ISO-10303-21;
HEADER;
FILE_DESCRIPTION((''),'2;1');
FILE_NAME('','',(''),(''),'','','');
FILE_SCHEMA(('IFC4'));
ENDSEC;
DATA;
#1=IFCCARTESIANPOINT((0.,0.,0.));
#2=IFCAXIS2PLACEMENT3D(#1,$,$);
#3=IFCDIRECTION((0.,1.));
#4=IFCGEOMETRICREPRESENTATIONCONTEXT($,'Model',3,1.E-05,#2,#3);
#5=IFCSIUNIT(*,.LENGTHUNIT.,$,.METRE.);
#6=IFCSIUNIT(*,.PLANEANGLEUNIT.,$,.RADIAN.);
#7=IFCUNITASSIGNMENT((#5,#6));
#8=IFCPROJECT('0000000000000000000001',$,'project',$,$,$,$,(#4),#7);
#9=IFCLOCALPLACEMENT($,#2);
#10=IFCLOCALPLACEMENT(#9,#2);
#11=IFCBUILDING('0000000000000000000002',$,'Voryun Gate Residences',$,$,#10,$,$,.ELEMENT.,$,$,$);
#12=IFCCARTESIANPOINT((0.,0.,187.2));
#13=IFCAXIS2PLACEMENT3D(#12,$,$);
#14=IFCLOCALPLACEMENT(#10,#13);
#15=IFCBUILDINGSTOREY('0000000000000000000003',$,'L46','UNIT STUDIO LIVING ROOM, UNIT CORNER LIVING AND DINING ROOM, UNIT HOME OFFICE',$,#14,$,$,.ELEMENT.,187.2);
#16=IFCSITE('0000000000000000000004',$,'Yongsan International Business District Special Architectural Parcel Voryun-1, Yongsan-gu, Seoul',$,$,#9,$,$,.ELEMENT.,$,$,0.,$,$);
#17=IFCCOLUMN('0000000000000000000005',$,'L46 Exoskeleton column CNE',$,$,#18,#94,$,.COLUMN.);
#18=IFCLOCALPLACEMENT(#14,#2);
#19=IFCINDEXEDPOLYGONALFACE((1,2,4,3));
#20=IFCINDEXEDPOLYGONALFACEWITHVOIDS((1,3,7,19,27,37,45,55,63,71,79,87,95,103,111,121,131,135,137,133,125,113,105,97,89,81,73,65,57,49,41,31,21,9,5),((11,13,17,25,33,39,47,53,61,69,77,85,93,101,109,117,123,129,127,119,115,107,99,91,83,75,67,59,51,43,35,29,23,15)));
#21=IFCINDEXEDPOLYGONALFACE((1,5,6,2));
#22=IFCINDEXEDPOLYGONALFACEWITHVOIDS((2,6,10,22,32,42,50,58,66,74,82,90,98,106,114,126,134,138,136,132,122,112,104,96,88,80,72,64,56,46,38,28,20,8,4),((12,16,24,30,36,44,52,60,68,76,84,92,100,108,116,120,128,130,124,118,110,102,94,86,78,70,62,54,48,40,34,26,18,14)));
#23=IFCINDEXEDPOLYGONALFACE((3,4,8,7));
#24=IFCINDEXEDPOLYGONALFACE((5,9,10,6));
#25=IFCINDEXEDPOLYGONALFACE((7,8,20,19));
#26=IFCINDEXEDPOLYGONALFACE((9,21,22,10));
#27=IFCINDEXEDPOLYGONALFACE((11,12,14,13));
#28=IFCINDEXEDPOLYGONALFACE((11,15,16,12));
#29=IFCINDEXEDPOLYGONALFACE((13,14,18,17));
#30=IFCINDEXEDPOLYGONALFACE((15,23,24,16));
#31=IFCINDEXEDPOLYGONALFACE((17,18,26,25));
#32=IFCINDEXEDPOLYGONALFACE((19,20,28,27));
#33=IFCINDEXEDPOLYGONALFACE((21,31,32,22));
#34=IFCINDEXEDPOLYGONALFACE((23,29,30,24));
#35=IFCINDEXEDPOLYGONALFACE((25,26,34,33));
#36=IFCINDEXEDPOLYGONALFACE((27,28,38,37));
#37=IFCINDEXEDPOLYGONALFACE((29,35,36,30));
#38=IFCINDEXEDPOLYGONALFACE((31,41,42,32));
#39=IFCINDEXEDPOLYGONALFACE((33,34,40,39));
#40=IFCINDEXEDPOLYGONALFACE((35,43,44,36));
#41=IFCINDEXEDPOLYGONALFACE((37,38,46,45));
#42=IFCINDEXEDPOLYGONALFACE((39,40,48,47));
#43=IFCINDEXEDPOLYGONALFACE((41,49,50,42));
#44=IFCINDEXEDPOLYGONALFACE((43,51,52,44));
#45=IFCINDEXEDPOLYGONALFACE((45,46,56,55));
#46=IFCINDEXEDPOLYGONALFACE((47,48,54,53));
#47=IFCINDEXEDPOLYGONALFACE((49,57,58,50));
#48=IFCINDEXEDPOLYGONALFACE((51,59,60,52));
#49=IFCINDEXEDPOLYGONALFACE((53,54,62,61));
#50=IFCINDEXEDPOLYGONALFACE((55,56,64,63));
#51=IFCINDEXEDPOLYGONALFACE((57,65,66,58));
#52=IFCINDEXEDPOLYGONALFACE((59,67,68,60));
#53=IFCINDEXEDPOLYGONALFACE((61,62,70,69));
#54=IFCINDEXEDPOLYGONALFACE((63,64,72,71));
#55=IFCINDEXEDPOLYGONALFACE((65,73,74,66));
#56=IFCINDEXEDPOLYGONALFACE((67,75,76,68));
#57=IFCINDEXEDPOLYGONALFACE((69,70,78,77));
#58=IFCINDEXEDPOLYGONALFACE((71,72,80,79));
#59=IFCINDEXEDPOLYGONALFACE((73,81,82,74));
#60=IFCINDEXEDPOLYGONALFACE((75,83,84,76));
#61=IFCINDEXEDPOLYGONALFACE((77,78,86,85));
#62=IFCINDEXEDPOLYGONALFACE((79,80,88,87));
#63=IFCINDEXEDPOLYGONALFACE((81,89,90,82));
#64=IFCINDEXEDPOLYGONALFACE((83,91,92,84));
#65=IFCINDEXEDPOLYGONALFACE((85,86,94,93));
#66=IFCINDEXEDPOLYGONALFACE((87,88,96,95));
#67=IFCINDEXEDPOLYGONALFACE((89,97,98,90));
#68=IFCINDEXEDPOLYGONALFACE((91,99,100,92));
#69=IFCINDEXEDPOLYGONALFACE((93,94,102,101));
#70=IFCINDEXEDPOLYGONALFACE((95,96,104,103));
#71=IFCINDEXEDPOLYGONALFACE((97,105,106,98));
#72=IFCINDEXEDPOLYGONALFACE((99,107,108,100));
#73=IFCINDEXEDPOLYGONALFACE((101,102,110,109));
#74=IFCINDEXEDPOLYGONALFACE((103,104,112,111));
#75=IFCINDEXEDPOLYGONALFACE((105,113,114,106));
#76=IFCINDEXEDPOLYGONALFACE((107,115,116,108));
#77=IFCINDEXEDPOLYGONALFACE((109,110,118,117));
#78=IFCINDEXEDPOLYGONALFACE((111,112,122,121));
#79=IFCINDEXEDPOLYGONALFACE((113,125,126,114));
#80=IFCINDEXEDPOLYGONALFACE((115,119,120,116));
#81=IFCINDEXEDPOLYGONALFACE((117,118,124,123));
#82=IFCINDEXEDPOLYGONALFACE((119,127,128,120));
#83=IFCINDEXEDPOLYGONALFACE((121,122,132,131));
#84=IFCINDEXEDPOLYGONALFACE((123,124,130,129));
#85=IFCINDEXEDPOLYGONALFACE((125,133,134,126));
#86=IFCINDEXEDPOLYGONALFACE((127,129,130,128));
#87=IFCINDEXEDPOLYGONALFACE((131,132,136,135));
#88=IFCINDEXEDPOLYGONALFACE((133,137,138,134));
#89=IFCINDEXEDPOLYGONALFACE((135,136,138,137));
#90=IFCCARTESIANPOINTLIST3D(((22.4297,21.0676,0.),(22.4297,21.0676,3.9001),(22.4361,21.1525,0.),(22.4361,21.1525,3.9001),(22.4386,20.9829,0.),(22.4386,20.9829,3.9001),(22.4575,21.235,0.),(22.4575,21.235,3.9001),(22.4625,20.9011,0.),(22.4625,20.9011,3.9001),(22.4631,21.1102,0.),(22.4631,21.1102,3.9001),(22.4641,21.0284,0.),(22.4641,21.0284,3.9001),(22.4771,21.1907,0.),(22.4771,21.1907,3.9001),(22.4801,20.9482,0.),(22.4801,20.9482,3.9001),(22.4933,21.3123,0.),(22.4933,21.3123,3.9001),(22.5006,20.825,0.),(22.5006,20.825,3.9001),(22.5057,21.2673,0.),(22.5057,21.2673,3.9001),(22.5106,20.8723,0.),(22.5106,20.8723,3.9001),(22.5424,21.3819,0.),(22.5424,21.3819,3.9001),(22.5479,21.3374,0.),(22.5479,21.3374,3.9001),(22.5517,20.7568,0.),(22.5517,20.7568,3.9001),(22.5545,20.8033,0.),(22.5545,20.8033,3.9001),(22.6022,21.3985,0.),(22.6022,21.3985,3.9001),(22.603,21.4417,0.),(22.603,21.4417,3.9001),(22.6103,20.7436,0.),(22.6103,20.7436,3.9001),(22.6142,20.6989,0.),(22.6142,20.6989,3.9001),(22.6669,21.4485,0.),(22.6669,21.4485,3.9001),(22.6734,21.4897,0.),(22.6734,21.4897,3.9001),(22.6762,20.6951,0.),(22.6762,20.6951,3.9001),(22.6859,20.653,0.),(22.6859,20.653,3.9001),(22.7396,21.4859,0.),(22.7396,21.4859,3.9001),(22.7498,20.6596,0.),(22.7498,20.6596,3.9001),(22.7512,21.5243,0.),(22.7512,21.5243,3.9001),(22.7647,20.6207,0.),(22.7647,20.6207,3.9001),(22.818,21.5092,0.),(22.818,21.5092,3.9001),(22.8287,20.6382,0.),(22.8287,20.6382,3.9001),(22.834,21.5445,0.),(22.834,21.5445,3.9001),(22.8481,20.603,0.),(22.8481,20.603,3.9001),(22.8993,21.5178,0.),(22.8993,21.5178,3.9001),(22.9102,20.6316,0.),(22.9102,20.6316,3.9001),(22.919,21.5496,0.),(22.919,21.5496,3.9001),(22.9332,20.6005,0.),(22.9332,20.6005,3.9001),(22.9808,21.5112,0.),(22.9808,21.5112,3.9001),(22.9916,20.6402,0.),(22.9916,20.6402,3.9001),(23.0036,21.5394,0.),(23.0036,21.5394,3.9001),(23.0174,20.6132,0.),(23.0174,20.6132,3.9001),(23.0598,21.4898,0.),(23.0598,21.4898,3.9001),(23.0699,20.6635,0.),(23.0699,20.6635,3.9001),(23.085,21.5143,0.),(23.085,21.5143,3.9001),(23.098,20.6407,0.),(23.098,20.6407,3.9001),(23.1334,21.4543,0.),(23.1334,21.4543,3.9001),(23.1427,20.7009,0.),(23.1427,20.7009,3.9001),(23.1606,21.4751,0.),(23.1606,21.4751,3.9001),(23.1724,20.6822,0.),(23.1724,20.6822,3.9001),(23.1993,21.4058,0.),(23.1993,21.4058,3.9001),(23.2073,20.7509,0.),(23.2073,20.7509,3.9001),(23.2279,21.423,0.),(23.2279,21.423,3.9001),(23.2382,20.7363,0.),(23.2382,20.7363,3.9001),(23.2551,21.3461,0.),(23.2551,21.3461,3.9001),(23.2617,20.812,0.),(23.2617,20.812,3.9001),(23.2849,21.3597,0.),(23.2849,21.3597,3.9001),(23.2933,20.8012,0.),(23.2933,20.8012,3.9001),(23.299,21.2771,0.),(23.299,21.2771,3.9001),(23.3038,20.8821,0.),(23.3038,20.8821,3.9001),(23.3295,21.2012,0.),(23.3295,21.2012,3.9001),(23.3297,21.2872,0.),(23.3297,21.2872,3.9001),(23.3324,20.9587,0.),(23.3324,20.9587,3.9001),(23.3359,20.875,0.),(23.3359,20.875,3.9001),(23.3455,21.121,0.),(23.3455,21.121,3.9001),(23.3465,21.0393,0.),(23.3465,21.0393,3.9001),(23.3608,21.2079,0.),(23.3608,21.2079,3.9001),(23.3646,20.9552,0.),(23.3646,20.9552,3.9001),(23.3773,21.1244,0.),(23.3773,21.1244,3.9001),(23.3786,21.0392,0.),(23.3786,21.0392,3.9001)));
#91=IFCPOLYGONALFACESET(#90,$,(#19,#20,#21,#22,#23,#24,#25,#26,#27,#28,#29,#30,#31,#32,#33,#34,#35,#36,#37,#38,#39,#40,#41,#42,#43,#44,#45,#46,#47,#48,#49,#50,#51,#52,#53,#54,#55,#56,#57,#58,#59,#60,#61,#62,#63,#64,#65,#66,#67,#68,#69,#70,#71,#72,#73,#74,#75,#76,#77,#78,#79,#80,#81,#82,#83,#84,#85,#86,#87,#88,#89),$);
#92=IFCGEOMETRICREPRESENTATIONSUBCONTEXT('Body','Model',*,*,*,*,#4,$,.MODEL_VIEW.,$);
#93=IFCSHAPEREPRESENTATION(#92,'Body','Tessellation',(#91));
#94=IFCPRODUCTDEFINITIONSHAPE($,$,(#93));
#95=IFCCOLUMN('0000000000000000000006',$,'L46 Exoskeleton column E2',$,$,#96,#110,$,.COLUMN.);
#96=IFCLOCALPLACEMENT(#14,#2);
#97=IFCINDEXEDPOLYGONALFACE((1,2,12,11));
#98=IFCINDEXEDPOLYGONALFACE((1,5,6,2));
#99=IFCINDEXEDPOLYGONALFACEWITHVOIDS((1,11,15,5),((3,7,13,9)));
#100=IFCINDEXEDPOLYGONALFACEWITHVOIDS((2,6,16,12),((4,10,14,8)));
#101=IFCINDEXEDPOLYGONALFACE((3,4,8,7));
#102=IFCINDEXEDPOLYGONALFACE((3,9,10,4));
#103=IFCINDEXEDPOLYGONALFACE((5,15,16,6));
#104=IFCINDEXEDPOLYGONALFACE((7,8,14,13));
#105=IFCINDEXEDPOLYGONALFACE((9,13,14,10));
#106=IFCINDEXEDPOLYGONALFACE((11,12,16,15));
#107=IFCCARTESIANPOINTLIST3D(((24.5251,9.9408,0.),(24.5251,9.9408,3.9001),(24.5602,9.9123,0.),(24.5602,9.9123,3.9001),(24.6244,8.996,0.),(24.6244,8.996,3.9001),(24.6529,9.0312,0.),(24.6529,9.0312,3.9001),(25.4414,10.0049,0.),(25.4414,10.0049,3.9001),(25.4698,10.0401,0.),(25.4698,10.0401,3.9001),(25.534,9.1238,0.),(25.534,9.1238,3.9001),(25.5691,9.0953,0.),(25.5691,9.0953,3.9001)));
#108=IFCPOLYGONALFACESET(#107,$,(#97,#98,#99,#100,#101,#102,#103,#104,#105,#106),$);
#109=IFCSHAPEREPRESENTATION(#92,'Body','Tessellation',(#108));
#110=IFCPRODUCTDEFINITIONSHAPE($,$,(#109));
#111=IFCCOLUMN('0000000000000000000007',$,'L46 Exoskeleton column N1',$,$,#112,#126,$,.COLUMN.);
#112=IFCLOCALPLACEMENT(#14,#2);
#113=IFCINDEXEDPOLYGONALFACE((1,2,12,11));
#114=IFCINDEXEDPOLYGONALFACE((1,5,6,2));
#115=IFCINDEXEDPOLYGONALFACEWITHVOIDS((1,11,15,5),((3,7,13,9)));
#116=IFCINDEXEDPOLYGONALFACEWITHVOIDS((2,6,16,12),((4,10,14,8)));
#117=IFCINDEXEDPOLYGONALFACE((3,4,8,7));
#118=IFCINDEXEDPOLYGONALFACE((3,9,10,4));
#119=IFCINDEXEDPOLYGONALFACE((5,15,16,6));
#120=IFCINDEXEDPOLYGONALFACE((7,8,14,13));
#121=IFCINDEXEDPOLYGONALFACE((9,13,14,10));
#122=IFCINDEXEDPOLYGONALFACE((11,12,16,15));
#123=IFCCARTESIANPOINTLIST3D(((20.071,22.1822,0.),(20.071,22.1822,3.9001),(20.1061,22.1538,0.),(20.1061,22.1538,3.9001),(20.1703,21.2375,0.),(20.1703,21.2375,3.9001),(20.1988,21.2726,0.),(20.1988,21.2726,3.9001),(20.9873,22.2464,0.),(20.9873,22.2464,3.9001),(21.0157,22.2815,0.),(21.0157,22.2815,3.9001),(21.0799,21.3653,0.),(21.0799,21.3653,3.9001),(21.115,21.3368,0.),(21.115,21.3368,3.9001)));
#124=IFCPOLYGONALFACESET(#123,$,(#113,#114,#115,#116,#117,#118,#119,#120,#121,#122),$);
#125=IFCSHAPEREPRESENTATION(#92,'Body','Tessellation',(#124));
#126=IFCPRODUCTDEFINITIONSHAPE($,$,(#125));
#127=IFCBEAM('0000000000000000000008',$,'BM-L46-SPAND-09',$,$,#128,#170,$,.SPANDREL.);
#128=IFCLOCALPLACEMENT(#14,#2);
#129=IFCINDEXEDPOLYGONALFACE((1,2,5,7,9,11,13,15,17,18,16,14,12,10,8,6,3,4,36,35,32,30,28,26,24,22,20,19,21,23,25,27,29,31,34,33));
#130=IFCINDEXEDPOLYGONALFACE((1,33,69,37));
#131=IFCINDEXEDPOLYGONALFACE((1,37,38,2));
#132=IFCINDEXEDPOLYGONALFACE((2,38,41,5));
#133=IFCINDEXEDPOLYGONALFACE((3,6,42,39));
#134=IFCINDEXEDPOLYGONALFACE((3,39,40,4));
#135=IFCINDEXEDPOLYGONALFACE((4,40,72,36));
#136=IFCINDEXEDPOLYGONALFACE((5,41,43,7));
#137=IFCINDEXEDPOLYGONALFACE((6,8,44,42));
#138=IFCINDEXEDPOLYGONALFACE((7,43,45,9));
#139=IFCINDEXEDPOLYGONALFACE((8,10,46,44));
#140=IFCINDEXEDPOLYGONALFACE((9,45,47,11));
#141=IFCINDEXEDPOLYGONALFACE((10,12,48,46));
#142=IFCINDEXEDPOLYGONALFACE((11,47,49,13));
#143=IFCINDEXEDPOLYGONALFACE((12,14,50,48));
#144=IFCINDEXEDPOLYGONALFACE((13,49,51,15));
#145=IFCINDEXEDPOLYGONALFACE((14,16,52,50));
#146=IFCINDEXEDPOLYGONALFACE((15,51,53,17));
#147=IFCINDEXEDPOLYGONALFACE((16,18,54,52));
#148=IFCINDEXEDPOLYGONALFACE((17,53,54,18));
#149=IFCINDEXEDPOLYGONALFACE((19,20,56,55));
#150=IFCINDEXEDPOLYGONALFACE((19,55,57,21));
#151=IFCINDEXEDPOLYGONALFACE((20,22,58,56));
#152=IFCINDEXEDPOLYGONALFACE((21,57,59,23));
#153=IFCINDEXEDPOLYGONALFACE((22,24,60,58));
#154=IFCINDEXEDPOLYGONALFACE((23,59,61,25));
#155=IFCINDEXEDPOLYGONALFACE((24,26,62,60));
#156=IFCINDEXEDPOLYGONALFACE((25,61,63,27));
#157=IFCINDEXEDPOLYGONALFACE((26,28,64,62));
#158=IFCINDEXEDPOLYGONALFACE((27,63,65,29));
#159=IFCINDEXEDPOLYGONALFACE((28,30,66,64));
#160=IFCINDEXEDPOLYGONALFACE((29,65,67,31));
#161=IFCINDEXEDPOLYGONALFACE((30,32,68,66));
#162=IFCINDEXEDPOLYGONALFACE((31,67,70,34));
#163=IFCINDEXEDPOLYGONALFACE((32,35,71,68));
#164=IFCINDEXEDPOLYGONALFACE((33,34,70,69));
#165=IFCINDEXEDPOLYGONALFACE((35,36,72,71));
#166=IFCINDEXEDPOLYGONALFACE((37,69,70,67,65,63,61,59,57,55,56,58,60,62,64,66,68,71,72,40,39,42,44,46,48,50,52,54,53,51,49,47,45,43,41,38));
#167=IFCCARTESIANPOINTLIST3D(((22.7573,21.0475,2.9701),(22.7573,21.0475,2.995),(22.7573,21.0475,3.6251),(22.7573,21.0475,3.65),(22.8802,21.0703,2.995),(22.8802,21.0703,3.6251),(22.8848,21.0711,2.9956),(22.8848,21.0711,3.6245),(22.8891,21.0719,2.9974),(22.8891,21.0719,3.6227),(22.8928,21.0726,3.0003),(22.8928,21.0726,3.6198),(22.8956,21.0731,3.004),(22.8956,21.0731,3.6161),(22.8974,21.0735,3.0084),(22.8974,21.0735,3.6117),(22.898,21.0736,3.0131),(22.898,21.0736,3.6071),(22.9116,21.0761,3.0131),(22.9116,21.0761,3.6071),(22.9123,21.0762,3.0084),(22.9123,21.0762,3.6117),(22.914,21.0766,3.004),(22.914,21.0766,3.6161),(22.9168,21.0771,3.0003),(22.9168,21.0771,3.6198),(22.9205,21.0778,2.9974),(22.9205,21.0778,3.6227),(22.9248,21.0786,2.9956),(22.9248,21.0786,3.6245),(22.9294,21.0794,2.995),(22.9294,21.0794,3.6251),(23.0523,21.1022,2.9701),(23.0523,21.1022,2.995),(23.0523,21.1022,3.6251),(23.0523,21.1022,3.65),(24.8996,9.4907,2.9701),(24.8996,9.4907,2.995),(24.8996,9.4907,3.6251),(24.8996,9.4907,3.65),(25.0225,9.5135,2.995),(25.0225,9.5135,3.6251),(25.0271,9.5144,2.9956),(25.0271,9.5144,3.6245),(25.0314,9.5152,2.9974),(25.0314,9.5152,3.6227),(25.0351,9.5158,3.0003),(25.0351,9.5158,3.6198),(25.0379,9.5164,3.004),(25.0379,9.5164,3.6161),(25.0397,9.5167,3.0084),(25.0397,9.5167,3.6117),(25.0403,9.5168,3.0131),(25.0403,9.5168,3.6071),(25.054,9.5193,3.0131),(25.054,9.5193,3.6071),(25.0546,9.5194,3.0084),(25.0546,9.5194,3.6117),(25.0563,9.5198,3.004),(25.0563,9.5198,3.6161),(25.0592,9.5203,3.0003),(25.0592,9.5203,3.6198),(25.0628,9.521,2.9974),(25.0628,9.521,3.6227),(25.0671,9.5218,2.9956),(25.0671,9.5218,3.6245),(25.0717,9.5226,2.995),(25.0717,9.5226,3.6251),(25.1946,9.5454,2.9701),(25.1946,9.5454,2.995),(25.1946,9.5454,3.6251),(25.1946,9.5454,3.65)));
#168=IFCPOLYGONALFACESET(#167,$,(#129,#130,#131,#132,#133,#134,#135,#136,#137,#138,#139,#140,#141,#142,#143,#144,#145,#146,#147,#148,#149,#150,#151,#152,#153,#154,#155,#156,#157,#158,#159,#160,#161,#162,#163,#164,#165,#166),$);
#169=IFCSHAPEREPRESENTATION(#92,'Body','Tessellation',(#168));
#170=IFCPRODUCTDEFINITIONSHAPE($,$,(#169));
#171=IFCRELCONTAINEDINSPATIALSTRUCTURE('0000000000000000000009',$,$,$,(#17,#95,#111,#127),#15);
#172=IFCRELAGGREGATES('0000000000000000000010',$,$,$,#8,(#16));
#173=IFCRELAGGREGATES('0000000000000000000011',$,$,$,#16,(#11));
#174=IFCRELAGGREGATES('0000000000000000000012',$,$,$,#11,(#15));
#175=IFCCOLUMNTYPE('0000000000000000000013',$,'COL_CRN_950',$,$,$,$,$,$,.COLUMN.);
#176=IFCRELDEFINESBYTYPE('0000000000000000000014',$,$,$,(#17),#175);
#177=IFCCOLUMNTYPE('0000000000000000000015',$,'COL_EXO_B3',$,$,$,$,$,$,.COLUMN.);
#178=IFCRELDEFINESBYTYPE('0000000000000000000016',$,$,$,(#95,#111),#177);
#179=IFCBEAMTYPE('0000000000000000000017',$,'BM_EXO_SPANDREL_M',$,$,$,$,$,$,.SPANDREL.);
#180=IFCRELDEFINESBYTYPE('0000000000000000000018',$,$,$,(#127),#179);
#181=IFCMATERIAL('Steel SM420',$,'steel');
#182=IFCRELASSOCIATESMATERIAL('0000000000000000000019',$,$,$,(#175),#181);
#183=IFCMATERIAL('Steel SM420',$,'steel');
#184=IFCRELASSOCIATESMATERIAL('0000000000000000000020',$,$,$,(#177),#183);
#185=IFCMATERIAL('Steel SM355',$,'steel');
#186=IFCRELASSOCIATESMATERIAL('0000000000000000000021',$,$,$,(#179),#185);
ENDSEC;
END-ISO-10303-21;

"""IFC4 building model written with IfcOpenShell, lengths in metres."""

from ifc_helpers import new_model, si_unit, direction, frame, origin, origin_2d, place, context, subcontext, project, spatial, hollow_rectangle, hollow_circle, i_section, extrude, material, material_profile, profile_set, type_object, element, save


model = new_model("IFC4")

# Units and contexts
model_context = context("Model", 3, precision=1e-05, world=origin(), true_north=direction((0.0, 1.0)))
body_context = subcontext(model_context, "Body", "Model", "MODEL_VIEW")
ifc_project = project(units=[si_unit("LENGTHUNIT", "METRE"), si_unit("PLANEANGLEUNIT", "RADIAN")], contexts=[model_context])

# Site, building, storey
site_placement = place(None, origin())
site = spatial("IfcSite", under=ifc_project, at=site_placement, Name="Yongsan International Business District Special Architectural Parcel Voryun-1, Yongsan-gu, Seoul", CompositionType="ELEMENT", RefElevation=0.0)
building_placement = place(site_placement, origin())
building = spatial("IfcBuilding", under=site, at=building_placement, Name="Voryun Gate Residences", CompositionType="ELEMENT")
storey_placement = place(building_placement, frame((0.0, 0.0, 187.2)))
storey = spatial("IfcBuildingStorey", under=building, at=storey_placement, Name="L46", Description="UNIT STUDIO LIVING ROOM, UNIT CORNER LIVING AND DINING ROOM, UNIT HOME OFFICE", CompositionType="ELEMENT", Elevation=187.2)

# Columns
ifc_material_1 = material(Name="Steel SM420", Category="steel")
ifc_material_profile_1 = material_profile(ifc_material_1, hollow_circle(Radius=0.4751, WallThickness=0.032, at=origin_2d()), Name="CHS-950x32")
ifc_profile_set_1 = profile_set([ifc_material_profile_1], Name="Steel SM420")
column_type_1 = type_object("IfcColumnType", Name="COL_CRN_950", PredefinedType="COLUMN", material=ifc_profile_set_1)
column_placement = place(storey_placement, frame((22.9048, 21.0747, 0.0), z_axis=(0.0, 0.0, 1.0), x_axis=(0.994522, 0.104528, 0.0)))
element("IfcColumn", 1, at=column_placement, inside=storey, type_object=column_type_1, Name="L46 Exoskeleton column CNE", PredefinedType="COLUMN", context=body_context, shape_type="SweptSolid", body=[
    extrude(hollow_circle(Radius=0.4751, WallThickness=0.032, at=origin_2d()), origin(), (0.0, 0.0, 1.0), 3.9001),
])
ifc_material_2 = material(Name="Steel SM420", Category="steel")
ifc_material_profile_2 = material_profile(ifc_material_2, hollow_rectangle(XDim=0.95, YDim=0.95, WallThickness=0.032, at=origin_2d()), Name="BOX-950x950x32")
ifc_profile_set_2 = profile_set([ifc_material_profile_2], Name="Steel SM420")
column_type_2 = type_object("IfcColumnType", Name="COL_EXO_B3", PredefinedType="COLUMN", material=ifc_profile_set_2)
for number, where, z_axis, x_axis, name in (
    (2, (25.0471, 9.5181, 0.0), (0.0, 0.0, 1.0), (0.994522, 0.104528, 0.0), "L46 Exoskeleton column E2"),
    (3, (20.593, 21.7595, 0.0), (0.0, 0.0, 1.0), (0.994522, 0.104528, 0.0), "L46 Exoskeleton column N1"),
):
    element("IfcColumn", number, at=place(storey_placement, frame(where, z_axis=z_axis, x_axis=x_axis)), inside=storey, type_object=column_type_2, Name=name, PredefinedType="COLUMN", context=body_context, shape_type="SweptSolid", body=[
        extrude(hollow_rectangle(XDim=0.95, YDim=0.95, WallThickness=0.032, at=origin_2d()), origin(), (0.0, 0.0, 1.0), 3.9001),
    ])

# Beam
ifc_material_3 = material(Name="Steel SM355", Category="steel")
ifc_material_profile_3 = material_profile(ifc_material_3, i_section(OverallWidth=0.3, OverallDepth=0.6799, WebThickness=0.0139, FlangeThickness=0.0249, FilletRadius=0.0181, at=origin_2d()), Name="H-680x300x14x25")
ifc_profile_set_3 = profile_set([ifc_material_profile_3], Name="Steel SM355")
beam_type_1 = type_object("IfcBeamType", Name="BM_EXO_SPANDREL_M", PredefinedType="SPANDREL", material=ifc_profile_set_3)
beam_1_placement = place(storey_placement, frame((25.0471, 9.5181, 3.3101), z_axis=(-0.182268, 0.983249, 0.0), x_axis=(-0.983249, -0.182268, 0.0)))
element("IfcBeam", 4, at=beam_1_placement, inside=storey, type_object=beam_type_1, Name="BM-L46-SPAND-09", PredefinedType="SPANDREL", context=body_context, shape_type="SweptSolid", body=[
    extrude(i_section(OverallWidth=0.3, OverallDepth=0.6799, WebThickness=0.0139, FlangeThickness=0.0249, FilletRadius=0.0181, at=origin_2d()), origin(), (0.0, 0.0, 1.0), 11.7537),
])

save(model, "model.ifc")
